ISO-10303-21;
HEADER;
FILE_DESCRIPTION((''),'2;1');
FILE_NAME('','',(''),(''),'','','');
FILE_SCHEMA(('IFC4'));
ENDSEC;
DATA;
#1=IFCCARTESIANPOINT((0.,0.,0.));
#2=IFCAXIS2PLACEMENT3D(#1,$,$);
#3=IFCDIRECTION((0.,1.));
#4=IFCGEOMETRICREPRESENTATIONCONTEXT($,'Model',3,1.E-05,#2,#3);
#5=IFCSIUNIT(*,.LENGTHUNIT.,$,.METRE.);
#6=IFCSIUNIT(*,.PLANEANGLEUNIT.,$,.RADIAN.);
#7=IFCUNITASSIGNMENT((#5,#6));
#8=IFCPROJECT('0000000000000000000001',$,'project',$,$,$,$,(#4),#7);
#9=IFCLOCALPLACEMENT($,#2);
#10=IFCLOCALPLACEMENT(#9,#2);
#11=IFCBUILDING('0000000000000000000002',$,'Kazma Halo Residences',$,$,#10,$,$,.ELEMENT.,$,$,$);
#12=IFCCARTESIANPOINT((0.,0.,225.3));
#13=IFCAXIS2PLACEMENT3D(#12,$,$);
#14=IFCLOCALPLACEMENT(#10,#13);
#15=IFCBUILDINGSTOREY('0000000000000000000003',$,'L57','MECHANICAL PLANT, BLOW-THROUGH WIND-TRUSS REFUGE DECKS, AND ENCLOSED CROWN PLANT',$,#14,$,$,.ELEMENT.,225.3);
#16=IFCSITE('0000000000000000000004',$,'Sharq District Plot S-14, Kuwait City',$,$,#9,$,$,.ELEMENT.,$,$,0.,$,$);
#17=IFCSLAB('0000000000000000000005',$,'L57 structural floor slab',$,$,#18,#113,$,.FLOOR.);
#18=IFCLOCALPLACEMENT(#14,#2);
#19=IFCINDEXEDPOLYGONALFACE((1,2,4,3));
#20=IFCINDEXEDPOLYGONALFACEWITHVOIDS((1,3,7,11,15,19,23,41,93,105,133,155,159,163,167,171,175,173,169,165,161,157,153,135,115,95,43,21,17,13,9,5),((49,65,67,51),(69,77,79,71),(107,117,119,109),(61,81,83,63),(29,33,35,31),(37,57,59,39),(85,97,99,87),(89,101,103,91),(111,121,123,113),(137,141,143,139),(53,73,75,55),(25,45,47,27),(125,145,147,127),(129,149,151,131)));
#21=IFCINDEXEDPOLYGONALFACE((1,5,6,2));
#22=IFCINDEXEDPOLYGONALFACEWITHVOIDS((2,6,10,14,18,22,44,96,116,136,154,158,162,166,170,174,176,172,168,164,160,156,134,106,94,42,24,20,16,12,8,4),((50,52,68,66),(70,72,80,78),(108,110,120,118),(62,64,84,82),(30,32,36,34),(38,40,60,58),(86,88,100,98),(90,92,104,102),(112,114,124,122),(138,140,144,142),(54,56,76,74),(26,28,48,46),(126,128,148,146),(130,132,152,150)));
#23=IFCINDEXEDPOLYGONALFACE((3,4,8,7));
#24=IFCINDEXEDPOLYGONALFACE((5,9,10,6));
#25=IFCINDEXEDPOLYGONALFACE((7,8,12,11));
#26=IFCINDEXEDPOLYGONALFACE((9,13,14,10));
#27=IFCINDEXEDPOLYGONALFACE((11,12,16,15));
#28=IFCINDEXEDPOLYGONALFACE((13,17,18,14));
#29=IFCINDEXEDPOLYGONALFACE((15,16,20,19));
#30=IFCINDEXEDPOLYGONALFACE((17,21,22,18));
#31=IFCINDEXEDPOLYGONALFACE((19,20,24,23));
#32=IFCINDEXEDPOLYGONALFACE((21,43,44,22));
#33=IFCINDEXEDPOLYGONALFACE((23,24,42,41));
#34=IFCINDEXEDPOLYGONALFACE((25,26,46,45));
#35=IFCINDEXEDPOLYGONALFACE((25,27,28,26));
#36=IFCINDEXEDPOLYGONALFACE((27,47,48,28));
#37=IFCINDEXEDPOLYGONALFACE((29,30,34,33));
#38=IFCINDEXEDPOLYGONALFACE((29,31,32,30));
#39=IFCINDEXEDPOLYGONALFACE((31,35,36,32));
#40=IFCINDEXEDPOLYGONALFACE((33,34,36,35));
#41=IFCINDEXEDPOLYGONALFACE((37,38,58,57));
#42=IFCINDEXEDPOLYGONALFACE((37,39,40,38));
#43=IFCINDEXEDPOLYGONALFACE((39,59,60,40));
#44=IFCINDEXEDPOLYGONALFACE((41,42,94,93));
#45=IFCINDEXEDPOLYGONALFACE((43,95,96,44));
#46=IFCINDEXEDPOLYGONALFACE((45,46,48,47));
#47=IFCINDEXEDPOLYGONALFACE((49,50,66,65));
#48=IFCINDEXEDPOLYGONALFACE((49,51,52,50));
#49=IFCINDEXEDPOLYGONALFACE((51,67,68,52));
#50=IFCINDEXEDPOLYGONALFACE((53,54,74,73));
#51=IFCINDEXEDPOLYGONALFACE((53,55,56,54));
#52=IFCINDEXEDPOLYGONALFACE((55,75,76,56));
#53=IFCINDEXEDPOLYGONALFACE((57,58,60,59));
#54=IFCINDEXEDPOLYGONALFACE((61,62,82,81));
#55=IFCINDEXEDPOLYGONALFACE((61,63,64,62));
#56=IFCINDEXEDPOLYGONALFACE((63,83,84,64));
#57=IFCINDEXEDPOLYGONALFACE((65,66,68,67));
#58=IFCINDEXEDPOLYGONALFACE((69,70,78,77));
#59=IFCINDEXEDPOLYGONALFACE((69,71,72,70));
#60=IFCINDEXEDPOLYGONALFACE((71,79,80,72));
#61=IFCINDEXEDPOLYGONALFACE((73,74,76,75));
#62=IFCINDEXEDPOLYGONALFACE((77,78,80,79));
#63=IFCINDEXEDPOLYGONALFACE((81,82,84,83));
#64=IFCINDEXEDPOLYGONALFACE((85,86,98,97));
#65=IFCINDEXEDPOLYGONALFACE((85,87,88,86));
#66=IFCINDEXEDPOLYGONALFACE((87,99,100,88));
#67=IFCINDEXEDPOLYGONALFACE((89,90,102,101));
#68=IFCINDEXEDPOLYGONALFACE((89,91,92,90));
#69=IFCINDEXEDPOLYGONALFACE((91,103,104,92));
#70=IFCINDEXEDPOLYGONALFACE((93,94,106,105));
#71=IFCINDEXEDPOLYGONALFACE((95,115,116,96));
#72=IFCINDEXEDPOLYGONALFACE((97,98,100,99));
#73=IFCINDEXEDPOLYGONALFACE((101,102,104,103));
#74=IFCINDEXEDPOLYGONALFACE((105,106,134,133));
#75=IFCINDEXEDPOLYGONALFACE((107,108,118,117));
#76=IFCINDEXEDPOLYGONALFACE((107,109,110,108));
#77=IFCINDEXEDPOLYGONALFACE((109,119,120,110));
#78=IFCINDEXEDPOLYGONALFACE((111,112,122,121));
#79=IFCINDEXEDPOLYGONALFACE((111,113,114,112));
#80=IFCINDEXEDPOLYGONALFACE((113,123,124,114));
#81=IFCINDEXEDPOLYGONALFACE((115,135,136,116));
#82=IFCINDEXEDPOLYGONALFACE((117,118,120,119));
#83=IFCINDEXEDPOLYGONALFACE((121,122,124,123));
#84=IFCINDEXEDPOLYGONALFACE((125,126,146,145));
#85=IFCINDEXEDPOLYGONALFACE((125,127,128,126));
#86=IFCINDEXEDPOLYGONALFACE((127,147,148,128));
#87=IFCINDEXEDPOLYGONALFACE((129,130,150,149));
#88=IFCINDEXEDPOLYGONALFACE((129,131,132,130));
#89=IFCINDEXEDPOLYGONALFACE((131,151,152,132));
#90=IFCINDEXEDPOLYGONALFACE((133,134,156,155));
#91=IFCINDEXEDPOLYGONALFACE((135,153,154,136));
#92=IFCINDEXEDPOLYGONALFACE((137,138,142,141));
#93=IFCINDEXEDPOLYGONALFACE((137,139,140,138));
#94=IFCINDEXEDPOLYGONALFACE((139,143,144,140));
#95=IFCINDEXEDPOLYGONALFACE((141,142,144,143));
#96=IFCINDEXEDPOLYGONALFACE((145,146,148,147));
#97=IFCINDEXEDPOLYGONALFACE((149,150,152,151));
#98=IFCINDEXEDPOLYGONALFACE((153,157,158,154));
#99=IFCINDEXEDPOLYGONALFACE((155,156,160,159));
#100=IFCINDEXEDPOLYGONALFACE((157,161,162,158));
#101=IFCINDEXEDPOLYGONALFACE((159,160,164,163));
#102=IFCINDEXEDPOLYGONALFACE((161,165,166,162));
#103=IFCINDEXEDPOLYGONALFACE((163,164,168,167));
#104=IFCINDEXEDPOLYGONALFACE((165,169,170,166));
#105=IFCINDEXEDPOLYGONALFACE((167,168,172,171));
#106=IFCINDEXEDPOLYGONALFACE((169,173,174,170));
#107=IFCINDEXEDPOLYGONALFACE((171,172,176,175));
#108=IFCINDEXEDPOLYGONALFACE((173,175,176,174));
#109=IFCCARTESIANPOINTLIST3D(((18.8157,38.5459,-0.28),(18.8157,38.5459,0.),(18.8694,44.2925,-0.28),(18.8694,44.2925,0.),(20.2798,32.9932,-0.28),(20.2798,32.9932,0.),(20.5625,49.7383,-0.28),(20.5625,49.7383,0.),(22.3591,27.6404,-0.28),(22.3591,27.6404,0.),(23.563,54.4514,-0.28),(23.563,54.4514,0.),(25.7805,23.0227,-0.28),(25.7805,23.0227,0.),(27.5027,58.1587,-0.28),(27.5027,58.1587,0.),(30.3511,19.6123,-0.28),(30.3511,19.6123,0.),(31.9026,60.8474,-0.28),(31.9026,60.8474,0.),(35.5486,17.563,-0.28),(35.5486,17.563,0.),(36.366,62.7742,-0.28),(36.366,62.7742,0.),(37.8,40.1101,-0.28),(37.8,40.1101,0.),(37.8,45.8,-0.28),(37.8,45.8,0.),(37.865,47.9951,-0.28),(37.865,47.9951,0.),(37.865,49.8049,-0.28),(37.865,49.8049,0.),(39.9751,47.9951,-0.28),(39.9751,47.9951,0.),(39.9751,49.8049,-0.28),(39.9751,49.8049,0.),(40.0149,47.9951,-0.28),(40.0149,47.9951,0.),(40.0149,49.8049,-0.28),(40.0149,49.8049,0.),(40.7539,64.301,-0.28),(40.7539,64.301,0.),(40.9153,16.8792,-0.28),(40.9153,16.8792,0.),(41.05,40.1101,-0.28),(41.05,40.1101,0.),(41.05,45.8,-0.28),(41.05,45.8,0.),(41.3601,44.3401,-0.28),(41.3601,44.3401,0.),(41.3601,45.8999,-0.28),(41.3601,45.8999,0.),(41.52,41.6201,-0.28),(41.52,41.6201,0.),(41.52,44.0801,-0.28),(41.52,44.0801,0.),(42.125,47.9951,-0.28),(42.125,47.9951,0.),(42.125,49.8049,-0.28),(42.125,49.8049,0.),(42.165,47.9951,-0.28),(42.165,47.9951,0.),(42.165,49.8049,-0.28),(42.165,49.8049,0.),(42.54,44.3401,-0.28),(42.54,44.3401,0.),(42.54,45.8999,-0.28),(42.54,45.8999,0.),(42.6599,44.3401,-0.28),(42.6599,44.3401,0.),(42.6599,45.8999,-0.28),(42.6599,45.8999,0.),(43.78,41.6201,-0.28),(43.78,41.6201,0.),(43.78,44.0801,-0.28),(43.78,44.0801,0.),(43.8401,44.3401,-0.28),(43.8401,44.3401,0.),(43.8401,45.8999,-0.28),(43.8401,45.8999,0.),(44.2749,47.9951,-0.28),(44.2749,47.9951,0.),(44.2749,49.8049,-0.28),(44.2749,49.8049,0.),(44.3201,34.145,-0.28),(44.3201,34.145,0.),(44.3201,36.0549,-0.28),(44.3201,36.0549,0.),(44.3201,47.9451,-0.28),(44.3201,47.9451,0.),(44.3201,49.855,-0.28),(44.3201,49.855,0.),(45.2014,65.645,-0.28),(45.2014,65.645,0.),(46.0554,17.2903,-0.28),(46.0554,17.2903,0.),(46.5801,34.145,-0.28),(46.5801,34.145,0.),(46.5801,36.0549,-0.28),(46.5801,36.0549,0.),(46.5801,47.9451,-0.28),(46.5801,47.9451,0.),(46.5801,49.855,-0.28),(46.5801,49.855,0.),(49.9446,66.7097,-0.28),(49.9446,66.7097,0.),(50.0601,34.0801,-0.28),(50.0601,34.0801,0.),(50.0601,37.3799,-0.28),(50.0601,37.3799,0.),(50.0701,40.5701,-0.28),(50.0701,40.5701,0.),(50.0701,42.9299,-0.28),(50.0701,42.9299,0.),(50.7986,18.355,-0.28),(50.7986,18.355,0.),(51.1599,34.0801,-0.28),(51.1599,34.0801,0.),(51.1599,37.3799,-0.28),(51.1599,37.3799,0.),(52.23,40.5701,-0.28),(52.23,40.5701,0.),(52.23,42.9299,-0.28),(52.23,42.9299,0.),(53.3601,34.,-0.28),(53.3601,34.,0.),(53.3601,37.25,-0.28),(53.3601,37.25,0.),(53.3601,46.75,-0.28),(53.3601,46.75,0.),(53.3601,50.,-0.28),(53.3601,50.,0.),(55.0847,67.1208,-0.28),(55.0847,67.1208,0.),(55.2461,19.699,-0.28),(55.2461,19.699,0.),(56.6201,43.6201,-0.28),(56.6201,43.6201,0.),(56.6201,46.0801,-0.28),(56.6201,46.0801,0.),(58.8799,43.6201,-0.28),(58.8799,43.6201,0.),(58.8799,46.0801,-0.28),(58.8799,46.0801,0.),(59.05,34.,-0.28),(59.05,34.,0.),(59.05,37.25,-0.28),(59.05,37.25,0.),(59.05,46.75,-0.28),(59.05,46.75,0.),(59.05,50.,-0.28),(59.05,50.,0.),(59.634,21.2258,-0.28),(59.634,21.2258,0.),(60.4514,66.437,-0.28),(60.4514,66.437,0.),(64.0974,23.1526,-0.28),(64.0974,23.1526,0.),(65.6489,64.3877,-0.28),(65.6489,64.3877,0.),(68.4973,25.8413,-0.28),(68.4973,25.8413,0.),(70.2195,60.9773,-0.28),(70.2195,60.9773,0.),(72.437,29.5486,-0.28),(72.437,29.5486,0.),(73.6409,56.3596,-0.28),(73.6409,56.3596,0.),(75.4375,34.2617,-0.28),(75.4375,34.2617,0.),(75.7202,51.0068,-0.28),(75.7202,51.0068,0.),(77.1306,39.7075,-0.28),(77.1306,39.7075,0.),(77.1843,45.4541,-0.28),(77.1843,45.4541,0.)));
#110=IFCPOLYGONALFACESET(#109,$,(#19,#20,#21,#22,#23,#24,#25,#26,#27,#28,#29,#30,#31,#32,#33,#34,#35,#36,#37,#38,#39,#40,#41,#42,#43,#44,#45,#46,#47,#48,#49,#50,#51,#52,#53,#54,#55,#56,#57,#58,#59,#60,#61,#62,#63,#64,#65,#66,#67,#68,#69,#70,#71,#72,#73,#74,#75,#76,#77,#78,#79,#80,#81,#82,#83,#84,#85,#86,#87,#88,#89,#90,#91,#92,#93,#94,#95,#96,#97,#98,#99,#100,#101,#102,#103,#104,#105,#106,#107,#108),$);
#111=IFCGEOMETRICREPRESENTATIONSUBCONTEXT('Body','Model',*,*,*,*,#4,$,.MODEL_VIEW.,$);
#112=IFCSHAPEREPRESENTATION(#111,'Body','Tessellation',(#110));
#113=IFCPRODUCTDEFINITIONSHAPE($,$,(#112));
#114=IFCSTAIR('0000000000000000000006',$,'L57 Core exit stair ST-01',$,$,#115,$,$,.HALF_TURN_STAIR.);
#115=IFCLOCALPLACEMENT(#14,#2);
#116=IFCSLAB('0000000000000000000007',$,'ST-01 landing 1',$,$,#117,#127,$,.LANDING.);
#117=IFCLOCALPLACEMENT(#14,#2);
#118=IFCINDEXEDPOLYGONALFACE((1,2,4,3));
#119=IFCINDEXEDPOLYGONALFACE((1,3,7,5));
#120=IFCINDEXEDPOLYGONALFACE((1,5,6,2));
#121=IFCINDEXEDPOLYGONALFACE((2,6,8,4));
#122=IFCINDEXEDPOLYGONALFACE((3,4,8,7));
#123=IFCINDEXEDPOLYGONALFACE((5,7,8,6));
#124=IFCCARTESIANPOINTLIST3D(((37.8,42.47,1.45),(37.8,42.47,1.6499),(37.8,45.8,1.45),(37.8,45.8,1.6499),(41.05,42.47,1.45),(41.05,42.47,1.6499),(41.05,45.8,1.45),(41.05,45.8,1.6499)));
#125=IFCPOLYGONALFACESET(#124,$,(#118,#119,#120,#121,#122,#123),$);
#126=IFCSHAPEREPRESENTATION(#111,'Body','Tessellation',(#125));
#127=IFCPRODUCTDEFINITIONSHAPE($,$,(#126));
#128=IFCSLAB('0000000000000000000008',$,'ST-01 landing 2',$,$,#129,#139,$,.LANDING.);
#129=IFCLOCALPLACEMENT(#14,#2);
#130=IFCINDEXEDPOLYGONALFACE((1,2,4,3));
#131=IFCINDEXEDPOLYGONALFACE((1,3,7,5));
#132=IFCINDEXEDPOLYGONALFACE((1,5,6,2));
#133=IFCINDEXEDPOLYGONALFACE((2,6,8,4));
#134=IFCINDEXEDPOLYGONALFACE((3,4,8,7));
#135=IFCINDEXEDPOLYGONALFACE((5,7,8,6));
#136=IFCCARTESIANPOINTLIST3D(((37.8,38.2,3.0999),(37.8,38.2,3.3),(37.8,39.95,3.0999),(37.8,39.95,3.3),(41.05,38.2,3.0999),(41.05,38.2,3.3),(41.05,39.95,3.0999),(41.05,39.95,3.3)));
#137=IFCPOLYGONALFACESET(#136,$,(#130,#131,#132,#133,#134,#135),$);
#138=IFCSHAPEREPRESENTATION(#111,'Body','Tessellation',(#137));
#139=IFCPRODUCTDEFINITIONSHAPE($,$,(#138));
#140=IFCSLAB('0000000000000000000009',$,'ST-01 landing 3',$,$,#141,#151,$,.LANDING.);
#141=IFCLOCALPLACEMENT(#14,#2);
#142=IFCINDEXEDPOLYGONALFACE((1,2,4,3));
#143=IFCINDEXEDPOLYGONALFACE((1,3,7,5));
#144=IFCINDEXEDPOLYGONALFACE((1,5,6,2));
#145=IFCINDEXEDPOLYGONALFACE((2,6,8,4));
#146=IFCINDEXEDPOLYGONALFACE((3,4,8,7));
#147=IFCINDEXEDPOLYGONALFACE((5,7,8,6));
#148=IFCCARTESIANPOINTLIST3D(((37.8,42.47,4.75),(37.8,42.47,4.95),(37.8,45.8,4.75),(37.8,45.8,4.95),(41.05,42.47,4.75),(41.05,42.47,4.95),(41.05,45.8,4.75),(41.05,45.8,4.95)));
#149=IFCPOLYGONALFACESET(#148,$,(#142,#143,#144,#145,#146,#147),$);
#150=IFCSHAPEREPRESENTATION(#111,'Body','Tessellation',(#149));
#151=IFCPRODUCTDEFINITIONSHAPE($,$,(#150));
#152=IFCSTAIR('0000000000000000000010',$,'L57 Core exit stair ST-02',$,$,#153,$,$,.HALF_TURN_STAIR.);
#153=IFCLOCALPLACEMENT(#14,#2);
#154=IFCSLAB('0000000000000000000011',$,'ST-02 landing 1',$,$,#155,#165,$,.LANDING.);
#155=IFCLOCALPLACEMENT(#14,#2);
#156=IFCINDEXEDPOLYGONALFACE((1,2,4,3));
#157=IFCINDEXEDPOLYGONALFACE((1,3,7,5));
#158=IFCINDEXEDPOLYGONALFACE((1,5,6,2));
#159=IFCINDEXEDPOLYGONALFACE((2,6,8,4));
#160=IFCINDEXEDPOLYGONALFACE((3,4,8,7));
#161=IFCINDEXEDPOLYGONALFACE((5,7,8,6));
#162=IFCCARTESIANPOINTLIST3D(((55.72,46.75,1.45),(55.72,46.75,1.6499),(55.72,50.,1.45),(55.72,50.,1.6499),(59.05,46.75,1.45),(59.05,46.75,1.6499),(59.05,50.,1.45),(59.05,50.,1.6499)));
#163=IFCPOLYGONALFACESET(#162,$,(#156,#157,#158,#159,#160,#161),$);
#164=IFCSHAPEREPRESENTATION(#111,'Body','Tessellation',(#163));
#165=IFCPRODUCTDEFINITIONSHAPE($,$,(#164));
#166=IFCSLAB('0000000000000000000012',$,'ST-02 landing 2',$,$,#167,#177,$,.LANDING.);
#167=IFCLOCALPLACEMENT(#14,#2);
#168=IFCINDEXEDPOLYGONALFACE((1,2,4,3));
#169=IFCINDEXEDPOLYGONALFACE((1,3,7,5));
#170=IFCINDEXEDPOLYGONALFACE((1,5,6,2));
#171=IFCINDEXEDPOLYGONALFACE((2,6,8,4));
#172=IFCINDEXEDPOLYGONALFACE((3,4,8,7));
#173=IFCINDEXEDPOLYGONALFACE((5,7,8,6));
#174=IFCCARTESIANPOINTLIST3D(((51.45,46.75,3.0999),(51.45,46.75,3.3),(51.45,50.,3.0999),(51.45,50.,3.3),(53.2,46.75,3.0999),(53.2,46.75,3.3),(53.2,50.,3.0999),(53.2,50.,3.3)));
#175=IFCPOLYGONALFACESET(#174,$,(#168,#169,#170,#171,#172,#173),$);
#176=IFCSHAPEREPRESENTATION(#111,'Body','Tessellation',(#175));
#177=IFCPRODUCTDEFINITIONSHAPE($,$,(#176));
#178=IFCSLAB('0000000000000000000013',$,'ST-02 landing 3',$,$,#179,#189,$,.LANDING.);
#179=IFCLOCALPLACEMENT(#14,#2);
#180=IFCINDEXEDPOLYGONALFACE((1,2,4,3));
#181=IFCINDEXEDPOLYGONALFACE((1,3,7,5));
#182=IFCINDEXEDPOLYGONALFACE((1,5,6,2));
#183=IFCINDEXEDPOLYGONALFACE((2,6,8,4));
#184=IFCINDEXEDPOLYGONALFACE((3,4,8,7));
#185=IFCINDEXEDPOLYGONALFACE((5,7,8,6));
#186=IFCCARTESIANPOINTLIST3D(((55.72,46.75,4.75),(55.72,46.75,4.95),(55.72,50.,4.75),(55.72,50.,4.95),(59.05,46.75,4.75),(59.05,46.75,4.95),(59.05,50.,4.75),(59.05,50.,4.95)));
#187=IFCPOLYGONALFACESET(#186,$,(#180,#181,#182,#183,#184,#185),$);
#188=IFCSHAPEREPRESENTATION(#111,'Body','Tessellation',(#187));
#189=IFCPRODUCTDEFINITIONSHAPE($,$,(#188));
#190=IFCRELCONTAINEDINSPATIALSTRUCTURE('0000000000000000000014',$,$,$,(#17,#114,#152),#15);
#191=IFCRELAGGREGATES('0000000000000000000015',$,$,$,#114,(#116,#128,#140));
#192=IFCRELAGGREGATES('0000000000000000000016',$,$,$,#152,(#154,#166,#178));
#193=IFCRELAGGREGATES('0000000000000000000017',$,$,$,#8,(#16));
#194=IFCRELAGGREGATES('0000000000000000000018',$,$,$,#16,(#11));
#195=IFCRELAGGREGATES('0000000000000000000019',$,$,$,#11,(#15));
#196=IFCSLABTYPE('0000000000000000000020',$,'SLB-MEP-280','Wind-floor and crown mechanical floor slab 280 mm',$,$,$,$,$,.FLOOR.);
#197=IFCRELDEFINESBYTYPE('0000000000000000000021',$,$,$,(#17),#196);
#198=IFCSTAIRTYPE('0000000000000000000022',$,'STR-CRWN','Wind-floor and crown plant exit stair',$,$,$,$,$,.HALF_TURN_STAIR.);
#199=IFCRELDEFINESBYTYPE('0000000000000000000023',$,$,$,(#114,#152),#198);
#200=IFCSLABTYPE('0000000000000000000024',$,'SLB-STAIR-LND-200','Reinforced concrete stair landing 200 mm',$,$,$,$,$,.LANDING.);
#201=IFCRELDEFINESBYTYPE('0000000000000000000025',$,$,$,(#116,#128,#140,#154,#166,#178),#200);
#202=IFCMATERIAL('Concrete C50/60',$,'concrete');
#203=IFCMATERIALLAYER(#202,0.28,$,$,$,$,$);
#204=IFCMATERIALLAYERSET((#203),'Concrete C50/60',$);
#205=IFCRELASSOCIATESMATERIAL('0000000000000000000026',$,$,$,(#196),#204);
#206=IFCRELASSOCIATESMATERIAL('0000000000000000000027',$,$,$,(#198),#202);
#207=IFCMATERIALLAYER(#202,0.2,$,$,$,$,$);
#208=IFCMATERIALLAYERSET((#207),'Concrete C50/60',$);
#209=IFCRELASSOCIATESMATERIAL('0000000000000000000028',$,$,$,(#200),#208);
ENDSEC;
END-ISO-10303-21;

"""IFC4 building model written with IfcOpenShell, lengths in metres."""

from ifc_helpers import new_model, si_unit, direction, frame, origin, place, context, subcontext, project, spatial, polyline, outline, extrude, material, layer, layer_set, type_object, element, aggregate, save


model = new_model("IFC4")

# Units and contexts
model_context = context("Model", 3, precision=1e-05, world=origin(), true_north=direction((0.0, 1.0)))
body_context = subcontext(model_context, "Body", "Model", "MODEL_VIEW")
ifc_project = project(units=[si_unit("LENGTHUNIT", "METRE"), si_unit("PLANEANGLEUNIT", "RADIAN")], contexts=[model_context])

# Site, building, storey
site_placement = place(None, origin())
site = spatial("IfcSite", under=ifc_project, at=site_placement, Name="Sharq District Plot S-14, Kuwait City", CompositionType="ELEMENT", RefElevation=0.0)
building_placement = place(site_placement, origin())
building = spatial("IfcBuilding", under=site, at=building_placement, Name="Kazma Halo Residences", CompositionType="ELEMENT")
storey_placement = place(building_placement, frame((0.0, 0.0, 225.3)))
storey = spatial("IfcBuildingStorey", under=building, at=storey_placement, Name="L57", Description="MECHANICAL PLANT, BLOW-THROUGH WIND-TRUSS REFUGE DECKS, AND ENCLOSED CROWN PLANT", CompositionType="ELEMENT", Elevation=225.3)

# Slab
ifc_material_1 = material(Name="Concrete C50/60", Category="concrete")
ifc_layer_1 = layer(ifc_material_1, 0.28)
ifc_layer_set_1 = layer_set([ifc_layer_1], Name="Concrete C50/60")
slab_type_1 = type_object("IfcSlabType", Name="SLB-MEP-280", Description="Wind-floor and crown mechanical floor slab 280 mm", PredefinedType="FLOOR", material=ifc_layer_set_1)
slab_1_placement = place(storey_placement, frame((0.0, 0.0, -0.28)))
element("IfcSlab", 1, at=slab_1_placement, inside=storey, type_object=slab_type_1, Name="L57 structural floor slab", PredefinedType="FLOOR", context=body_context, shape_type="SweptSolid", body=[
    extrude(outline(polyline([(75.7202, 51.0068), (73.6409, 56.3596), (70.2195, 60.9773), (65.6489, 64.3877), (60.4514, 66.437), (55.0847, 67.1208), (49.9446, 66.7097), (45.2014, 65.645), (40.7539, 64.301), (36.366, 62.7742), (31.9026, 60.8474), (27.5027, 58.1587), (23.563, 54.4514), (20.5625, 49.7383), (18.8694, 44.2925), (18.8157, 38.5459), (20.2798, 32.9932), (22.3591, 27.6404), (25.7805, 23.0227), (30.3511, 19.6123), (35.5486, 17.563), (40.9153, 16.8792), (46.0554, 17.2903), (50.7986, 18.355), (55.2461, 19.699), (59.634, 21.2258), (64.0974, 23.1526), (68.4973, 25.8413), (72.437, 29.5486), (75.4375, 34.2617), (77.1306, 39.7075), (77.1843, 45.4541), (75.7202, 51.0068)]), holes=[polyline([(37.8, 40.1101), (41.05, 40.1101), (41.05, 45.8), (37.8, 45.8), (37.8, 40.1101)]), polyline([(53.3601, 46.75), (59.05, 46.75), (59.05, 50.0), (53.3601, 50.0), (53.3601, 46.75)]), polyline([(53.3601, 34.0), (59.05, 34.0), (59.05, 37.25), (53.3601, 37.25), (53.3601, 34.0)]), polyline([(41.52, 41.6201), (43.78, 41.6201), (43.78, 44.0801), (41.52, 44.0801), (41.52, 41.6201)]), polyline([(56.6201, 43.6201), (58.8799, 43.6201), (58.8799, 46.0801), (56.6201, 46.0801), (56.6201, 43.6201)]), polyline([(37.865, 47.9951), (39.9751, 47.9951), (39.9751, 49.8049), (37.865, 49.8049), (37.865, 47.9951)]), polyline([(40.0149, 47.9951), (42.125, 47.9951), (42.125, 49.8049), (40.0149, 49.8049), (40.0149, 47.9951)]), polyline([(42.165, 47.9951), (44.2749, 47.9951), (44.2749, 49.8049), (42.165, 49.8049), (42.165, 47.9951)]), polyline([(44.3201, 47.9451), (46.5801, 47.9451), (46.5801, 49.855), (44.3201, 49.855), (44.3201, 47.9451)]), polyline([(44.3201, 34.145), (46.5801, 34.145), (46.5801, 36.0549), (44.3201, 36.0549), (44.3201, 34.145)]), polyline([(50.0701, 40.5701), (52.23, 40.5701), (52.23, 42.9299), (50.0701, 42.9299), (50.0701, 40.5701)]), polyline([(41.3601, 44.3401), (42.54, 44.3401), (42.54, 45.8999), (41.3601, 45.8999), (41.3601, 44.3401)]), polyline([(42.6599, 44.3401), (43.8401, 44.3401), (43.8401, 45.8999), (42.6599, 45.8999), (42.6599, 44.3401)]), polyline([(50.0601, 34.0801), (51.1599, 34.0801), (51.1599, 37.3799), (50.0601, 37.3799), (50.0601, 34.0801)])]), origin(), (0.0, 0.0, 1.0), 0.28),
])

# Stairs, slabs
stair_type = type_object("IfcStairType", Name="STR-CRWN", Description="Wind-floor and crown plant exit stair", PredefinedType="HALF_TURN_STAIR", material=ifc_material_1)
stair_1_placement = place(storey_placement, origin())
stair_1 = element("IfcStair", 2, at=stair_1_placement, inside=storey, type_object=stair_type, Name="L57 Core exit stair ST-01", PredefinedType="HALF_TURN_STAIR")
ifc_layer_2 = layer(ifc_material_1, 0.2)
ifc_layer_set_2 = layer_set([ifc_layer_2], Name="Concrete C50/60")
slab_type_2 = type_object("IfcSlabType", Name="SLB-STAIR-LND-200", Description="Reinforced concrete stair landing 200 mm", PredefinedType="LANDING", material=ifc_layer_set_2)
slab_2_placement = place(storey_placement, frame((0.0, 0.0, 1.45)))
slab_2 = element("IfcSlab", 3, at=slab_2_placement, type_object=slab_type_2, Name="ST-01 landing 1", PredefinedType="LANDING", context=body_context, shape_type="SweptSolid", body=[
    extrude(outline(polyline([(41.05, 42.47), (41.05, 45.8), (37.8, 45.8), (37.8, 42.47), (41.05, 42.47)])), origin(), (0.0, 0.0, 1.0), 0.2),
])
slab_3_placement = place(storey_placement, frame((0.0, 0.0, 3.0999)))
slab_3 = element("IfcSlab", 4, at=slab_3_placement, type_object=slab_type_2, Name="ST-01 landing 2", PredefinedType="LANDING", context=body_context, shape_type="SweptSolid", body=[
    extrude(outline(polyline([(41.05, 38.2), (41.05, 39.95), (37.8, 39.95), (37.8, 38.2), (41.05, 38.2)])), origin(), (0.0, 0.0, 1.0), 0.2002),
])
slab_4_placement = place(storey_placement, frame((0.0, 0.0, 4.75)))
slab_4 = element("IfcSlab", 5, at=slab_4_placement, type_object=slab_type_2, Name="ST-01 landing 3", PredefinedType="LANDING", context=body_context, shape_type="SweptSolid", body=[
    extrude(outline(polyline([(41.05, 42.47), (41.05, 45.8), (37.8, 45.8), (37.8, 42.47), (41.05, 42.47)])), origin(), (0.0, 0.0, 1.0), 0.2),
])
aggregate(stair_1, [slab_2, slab_3, slab_4])
stair_2_placement = place(storey_placement, origin())
stair_2 = element("IfcStair", 6, at=stair_2_placement, inside=storey, type_object=stair_type, Name="L57 Core exit stair ST-02", PredefinedType="HALF_TURN_STAIR")
slab_5_placement = place(storey_placement, frame((0.0, 0.0, 1.45)))
slab_5 = element("IfcSlab", 7, at=slab_5_placement, type_object=slab_type_2, Name="ST-02 landing 1", PredefinedType="LANDING", context=body_context, shape_type="SweptSolid", body=[
    extrude(outline(polyline([(55.72, 46.75), (59.05, 46.75), (59.05, 50.0), (55.72, 50.0), (55.72, 46.75)])), origin(), (0.0, 0.0, 1.0), 0.2),
])
slab_6_placement = place(storey_placement, frame((0.0, 0.0, 3.0999)))
slab_6 = element("IfcSlab", 8, at=slab_6_placement, type_object=slab_type_2, Name="ST-02 landing 2", PredefinedType="LANDING", context=body_context, shape_type="SweptSolid", body=[
    extrude(outline(polyline([(51.45, 46.75), (53.2, 46.75), (53.2, 50.0), (51.45, 50.0), (51.45, 46.75)])), origin(), (0.0, 0.0, 1.0), 0.2002),
])
slab_7_placement = place(storey_placement, frame((0.0, 0.0, 4.75)))
slab_7 = element("IfcSlab", 9, at=slab_7_placement, type_object=slab_type_2, Name="ST-02 landing 3", PredefinedType="LANDING", context=body_context, shape_type="SweptSolid", body=[
    extrude(outline(polyline([(55.72, 46.75), (59.05, 46.75), (59.05, 50.0), (55.72, 50.0), (55.72, 46.75)])), origin(), (0.0, 0.0, 1.0), 0.2),
])
aggregate(stair_2, [slab_5, slab_6, slab_7])

save(model, "model.ifc")
